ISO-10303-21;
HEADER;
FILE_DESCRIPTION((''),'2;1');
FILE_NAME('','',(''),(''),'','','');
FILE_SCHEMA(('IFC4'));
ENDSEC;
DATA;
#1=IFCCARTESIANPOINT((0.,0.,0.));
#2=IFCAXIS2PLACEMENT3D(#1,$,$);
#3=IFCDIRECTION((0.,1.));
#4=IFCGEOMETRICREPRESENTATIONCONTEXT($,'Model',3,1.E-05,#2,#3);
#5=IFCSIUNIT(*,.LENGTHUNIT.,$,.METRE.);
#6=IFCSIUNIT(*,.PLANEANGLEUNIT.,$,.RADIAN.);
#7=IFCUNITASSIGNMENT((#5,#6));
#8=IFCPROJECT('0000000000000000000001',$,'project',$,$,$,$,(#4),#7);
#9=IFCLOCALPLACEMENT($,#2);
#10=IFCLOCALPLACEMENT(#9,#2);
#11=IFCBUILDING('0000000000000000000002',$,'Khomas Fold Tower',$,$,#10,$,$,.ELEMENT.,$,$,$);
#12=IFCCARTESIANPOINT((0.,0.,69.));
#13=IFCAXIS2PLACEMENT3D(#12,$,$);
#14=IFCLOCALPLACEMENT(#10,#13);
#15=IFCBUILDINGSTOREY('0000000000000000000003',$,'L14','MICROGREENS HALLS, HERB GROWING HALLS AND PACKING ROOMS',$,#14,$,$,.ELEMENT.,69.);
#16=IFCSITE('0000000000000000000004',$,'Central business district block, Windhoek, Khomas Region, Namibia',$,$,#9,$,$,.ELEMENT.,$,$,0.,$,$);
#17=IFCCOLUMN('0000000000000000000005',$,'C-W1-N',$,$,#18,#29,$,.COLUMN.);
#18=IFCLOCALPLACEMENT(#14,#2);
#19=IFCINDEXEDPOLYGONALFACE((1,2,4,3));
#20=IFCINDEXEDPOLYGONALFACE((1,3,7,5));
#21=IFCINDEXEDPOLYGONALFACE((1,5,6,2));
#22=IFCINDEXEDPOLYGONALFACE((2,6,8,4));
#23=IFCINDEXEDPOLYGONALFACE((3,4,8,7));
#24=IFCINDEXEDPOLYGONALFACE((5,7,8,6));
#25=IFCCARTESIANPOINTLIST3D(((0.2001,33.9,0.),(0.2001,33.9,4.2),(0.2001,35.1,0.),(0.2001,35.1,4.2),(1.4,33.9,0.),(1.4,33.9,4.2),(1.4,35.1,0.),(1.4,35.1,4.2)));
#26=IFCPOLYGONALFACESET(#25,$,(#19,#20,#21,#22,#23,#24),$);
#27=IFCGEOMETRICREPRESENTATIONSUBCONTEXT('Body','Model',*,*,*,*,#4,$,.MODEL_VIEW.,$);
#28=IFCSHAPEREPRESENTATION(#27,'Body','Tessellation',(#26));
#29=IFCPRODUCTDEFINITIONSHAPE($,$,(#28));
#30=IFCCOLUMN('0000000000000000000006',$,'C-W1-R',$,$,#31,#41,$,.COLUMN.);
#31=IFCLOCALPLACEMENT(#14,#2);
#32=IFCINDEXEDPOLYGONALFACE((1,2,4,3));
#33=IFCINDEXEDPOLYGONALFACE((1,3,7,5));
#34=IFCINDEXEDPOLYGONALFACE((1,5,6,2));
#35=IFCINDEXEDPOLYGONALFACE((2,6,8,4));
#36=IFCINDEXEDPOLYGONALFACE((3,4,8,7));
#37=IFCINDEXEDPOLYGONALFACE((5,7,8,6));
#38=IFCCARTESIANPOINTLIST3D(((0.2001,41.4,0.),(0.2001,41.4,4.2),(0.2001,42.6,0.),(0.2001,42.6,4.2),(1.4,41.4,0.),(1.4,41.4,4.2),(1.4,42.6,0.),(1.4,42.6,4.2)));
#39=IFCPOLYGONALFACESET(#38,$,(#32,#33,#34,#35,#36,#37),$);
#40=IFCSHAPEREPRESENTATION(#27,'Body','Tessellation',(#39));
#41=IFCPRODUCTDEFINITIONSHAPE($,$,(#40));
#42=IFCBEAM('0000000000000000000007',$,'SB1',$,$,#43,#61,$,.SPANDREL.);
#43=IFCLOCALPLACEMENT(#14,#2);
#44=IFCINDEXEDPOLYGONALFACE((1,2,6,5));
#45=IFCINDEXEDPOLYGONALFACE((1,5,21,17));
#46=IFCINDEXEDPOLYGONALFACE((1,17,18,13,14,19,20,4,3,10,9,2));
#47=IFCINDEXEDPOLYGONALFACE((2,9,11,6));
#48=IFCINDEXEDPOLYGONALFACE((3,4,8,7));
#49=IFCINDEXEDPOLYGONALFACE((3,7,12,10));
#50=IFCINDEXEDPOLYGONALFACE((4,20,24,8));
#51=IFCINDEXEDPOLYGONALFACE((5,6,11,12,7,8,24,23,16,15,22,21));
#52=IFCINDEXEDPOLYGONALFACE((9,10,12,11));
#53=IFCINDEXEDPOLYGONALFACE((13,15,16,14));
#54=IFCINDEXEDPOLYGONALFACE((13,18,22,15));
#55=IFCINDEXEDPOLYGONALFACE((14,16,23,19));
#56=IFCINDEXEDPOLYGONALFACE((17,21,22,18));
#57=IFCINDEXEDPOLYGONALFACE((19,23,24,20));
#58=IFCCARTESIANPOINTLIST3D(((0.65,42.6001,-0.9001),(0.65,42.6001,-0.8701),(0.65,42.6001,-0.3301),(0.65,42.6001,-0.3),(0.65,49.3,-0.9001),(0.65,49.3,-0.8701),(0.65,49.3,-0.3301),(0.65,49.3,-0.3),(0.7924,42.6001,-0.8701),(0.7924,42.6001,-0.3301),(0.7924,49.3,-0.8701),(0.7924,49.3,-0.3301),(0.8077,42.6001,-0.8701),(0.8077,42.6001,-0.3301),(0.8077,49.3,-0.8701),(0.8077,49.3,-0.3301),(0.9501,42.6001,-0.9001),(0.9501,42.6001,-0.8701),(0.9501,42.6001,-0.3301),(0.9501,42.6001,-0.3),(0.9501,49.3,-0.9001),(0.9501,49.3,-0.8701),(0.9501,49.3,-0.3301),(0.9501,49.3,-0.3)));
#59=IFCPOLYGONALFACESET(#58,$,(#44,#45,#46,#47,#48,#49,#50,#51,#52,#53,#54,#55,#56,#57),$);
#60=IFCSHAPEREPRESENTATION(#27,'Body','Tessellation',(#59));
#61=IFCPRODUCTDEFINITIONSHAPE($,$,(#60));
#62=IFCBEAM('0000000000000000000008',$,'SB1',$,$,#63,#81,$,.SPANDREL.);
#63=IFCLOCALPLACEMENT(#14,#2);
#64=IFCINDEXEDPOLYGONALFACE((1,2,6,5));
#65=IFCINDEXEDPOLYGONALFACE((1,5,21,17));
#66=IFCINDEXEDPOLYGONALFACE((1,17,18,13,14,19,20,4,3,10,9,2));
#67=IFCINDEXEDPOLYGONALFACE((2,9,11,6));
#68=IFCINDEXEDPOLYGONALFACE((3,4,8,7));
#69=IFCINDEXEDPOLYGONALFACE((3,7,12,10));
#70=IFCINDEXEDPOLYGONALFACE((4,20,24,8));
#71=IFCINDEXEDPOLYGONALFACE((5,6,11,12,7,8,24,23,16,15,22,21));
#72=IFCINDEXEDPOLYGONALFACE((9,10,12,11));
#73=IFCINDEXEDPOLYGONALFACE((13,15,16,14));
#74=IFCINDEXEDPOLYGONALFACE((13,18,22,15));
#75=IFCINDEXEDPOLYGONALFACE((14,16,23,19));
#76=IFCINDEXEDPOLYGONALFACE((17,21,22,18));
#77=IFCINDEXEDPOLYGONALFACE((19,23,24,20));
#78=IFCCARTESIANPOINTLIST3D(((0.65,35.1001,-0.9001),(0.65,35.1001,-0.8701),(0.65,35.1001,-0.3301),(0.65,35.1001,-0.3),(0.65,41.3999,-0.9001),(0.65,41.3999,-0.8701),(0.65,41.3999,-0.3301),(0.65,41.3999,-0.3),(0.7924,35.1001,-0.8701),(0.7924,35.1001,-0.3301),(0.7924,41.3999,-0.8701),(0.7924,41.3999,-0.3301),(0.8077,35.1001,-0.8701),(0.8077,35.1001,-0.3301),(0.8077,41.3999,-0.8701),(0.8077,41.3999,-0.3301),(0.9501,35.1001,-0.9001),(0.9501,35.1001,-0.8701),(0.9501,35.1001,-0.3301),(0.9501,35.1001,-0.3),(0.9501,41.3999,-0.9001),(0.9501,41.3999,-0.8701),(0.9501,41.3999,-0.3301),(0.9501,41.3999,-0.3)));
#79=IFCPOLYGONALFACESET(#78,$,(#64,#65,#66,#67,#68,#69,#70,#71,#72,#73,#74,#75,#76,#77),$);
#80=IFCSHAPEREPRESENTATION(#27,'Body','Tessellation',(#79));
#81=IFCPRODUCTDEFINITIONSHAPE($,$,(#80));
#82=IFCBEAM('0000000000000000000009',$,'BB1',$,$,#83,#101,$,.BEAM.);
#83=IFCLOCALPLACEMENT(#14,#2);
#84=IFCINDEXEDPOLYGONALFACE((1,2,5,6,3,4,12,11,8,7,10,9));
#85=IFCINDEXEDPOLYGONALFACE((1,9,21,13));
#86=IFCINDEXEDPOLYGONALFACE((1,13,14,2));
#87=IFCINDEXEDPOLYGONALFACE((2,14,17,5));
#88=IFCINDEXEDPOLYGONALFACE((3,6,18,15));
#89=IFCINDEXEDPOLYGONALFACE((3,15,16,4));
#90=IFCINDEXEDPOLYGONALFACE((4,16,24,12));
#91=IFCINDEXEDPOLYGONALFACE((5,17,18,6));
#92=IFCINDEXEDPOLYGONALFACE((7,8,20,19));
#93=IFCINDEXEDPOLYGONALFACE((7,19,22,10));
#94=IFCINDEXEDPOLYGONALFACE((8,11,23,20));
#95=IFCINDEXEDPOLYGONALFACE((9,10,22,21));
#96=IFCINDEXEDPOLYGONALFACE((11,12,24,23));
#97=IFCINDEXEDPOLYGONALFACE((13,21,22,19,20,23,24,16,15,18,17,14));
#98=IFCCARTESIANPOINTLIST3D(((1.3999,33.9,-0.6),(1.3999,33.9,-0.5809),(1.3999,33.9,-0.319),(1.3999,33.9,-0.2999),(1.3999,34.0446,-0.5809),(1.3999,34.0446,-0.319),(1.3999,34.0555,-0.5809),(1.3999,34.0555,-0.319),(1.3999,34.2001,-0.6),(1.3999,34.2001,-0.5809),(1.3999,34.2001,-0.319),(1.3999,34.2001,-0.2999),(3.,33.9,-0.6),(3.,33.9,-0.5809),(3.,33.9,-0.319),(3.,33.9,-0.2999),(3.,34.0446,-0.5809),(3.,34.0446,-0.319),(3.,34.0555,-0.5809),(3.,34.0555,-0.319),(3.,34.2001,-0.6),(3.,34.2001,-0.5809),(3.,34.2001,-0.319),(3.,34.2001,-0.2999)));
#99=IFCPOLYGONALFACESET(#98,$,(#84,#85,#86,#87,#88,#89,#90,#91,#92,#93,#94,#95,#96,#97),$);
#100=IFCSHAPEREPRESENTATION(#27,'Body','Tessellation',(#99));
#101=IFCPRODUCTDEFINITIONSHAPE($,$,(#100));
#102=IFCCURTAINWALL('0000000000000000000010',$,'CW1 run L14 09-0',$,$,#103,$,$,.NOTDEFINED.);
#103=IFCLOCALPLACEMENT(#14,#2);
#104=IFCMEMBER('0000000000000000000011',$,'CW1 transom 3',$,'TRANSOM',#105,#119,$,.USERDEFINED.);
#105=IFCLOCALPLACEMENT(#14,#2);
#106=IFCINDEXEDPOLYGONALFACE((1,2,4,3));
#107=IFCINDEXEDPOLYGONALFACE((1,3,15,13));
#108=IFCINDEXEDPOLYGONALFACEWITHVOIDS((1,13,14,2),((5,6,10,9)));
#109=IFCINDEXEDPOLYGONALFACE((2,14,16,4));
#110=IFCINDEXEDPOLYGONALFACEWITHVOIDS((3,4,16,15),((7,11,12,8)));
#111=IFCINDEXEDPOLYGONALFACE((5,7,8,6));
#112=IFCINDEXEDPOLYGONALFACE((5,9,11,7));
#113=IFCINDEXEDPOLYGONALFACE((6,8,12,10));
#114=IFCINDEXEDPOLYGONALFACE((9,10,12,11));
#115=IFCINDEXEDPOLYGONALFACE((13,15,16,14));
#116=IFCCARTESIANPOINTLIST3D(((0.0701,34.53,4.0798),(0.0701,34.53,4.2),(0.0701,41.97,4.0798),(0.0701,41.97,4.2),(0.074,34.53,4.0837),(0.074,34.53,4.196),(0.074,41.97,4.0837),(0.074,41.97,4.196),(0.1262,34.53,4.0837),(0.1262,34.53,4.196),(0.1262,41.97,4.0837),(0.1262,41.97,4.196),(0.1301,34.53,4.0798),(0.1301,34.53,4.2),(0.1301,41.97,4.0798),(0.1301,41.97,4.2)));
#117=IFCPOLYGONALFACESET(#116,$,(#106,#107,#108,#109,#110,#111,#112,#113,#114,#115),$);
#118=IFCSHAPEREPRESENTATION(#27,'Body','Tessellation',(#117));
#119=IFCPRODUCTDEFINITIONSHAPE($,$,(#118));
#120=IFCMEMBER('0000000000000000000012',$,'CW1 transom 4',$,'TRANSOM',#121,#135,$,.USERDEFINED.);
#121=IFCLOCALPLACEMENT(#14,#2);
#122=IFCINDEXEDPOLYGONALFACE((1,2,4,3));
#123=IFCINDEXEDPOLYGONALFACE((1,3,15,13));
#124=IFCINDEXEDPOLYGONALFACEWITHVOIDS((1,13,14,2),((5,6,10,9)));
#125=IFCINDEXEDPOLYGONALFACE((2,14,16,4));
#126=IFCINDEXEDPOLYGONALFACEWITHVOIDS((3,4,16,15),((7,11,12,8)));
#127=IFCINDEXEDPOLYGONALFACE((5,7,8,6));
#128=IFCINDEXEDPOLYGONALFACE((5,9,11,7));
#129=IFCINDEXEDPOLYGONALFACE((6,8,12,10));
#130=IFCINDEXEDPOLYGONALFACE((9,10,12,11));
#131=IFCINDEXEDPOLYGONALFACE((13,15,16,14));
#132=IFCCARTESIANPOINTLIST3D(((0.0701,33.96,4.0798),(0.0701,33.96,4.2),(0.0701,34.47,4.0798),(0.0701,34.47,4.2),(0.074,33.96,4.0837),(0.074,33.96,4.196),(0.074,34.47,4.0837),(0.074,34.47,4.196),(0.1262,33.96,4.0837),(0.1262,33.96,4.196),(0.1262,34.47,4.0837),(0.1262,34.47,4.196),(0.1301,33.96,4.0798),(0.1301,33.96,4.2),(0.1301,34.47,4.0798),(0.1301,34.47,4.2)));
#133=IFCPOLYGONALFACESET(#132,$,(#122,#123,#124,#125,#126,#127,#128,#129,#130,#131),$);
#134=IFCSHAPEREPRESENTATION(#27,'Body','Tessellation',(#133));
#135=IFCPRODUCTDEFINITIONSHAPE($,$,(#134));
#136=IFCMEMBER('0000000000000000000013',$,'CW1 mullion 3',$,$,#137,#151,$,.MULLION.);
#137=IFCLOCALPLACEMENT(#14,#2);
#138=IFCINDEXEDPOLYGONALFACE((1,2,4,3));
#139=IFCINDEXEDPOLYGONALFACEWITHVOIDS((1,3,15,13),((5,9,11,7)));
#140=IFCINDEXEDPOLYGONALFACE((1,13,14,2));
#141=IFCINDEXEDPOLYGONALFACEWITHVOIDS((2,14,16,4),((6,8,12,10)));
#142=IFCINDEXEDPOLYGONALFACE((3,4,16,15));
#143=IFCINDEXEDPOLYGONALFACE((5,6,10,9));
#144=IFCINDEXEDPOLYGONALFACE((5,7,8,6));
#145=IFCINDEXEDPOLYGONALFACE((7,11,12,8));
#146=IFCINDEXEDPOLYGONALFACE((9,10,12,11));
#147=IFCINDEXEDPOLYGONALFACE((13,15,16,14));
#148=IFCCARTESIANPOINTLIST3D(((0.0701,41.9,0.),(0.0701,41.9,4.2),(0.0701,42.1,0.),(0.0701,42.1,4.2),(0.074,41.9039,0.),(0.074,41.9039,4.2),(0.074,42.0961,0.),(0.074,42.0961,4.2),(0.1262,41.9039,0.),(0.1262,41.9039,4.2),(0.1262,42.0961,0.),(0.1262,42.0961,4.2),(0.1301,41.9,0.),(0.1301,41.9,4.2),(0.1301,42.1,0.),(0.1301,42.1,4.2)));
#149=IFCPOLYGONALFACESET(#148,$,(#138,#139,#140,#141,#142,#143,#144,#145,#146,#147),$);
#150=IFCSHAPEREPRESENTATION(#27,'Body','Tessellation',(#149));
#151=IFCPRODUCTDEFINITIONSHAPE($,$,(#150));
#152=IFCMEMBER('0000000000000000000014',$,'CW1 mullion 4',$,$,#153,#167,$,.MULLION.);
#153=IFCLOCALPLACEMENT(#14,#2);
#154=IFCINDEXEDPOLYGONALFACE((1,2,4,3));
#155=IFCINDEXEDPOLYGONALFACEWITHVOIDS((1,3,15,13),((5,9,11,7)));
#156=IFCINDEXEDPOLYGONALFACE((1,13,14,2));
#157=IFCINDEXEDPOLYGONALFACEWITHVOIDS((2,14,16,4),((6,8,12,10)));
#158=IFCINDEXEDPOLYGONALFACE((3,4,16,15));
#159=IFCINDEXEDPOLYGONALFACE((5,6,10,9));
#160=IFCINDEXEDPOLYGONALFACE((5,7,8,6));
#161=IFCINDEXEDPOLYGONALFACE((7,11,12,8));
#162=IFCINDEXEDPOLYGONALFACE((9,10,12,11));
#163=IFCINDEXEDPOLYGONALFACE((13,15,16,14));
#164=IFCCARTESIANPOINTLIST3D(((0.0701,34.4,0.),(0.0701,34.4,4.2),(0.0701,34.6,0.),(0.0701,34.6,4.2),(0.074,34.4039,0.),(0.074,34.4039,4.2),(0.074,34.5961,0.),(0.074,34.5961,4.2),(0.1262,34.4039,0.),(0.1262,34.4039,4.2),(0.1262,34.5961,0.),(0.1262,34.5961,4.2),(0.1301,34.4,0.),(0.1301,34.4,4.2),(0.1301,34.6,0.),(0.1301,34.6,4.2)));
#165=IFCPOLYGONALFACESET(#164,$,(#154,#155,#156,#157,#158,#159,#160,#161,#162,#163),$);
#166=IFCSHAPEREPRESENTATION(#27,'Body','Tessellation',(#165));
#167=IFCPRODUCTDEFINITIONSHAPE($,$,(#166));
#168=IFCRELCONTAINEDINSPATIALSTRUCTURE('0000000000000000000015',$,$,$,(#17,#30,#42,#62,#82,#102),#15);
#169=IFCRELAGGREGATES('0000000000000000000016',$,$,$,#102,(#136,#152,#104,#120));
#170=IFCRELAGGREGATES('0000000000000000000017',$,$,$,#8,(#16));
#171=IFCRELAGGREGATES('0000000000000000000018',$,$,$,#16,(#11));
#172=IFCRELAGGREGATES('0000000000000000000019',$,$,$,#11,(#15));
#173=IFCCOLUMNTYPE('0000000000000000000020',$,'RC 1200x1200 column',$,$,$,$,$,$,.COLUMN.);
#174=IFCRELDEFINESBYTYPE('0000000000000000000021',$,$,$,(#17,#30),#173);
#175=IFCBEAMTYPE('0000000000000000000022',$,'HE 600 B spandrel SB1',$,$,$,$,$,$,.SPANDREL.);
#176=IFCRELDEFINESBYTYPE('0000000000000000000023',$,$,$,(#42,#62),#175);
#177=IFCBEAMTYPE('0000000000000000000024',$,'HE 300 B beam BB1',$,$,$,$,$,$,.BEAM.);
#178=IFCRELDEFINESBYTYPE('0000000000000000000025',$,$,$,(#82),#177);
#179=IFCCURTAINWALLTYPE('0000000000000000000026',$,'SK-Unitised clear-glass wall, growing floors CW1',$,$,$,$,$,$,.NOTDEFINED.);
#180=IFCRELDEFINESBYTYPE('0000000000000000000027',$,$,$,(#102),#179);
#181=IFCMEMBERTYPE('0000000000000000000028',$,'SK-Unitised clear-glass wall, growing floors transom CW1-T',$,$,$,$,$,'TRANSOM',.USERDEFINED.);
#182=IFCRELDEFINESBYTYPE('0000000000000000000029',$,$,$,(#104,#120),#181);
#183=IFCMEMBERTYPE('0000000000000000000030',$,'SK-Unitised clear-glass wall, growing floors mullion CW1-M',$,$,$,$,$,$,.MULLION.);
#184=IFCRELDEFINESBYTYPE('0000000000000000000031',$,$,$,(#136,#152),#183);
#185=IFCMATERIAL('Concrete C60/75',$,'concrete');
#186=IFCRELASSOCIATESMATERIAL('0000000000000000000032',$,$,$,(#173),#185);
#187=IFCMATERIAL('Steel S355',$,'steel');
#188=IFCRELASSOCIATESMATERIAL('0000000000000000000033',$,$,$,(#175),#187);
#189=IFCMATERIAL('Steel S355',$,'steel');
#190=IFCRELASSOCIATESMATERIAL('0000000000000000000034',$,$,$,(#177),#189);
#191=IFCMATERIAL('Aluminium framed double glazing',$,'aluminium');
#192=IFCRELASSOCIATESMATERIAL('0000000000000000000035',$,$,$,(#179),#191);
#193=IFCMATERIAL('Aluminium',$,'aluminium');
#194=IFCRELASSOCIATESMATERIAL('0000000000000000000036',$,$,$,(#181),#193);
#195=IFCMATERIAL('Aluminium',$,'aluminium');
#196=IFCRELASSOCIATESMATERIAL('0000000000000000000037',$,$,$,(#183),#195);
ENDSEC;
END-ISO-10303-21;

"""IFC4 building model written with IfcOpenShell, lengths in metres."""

from ifc_helpers import new_model, si_unit, direction, frame, origin, origin_2d, place, context, subcontext, project, spatial, rectangle, hollow_rectangle, i_section, extrude, source, transform, mapped, material, material_profile, profile_set, type_object, element, aggregate, save


model = new_model("IFC4")

# Units and contexts
model_context = context("Model", 3, precision=1e-05, world=origin(), true_north=direction((0.0, 1.0)))
body_context = subcontext(model_context, "Body", "Model", "MODEL_VIEW")
ifc_project = project(units=[si_unit("LENGTHUNIT", "METRE"), si_unit("PLANEANGLEUNIT", "RADIAN")], contexts=[model_context])

# Site, building, storey
site_placement = place(None, origin())
site = spatial("IfcSite", under=ifc_project, at=site_placement, Name="Central business district block, Windhoek, Khomas Region, Namibia", CompositionType="ELEMENT", RefElevation=0.0)
building_placement = place(site_placement, origin())
building = spatial("IfcBuilding", under=site, at=building_placement, Name="Khomas Fold Tower", CompositionType="ELEMENT")
storey_placement = place(building_placement, frame((0.0, 0.0, 69.0)))
storey = spatial("IfcBuildingStorey", under=building, at=storey_placement, Name="L14", Description="MICROGREENS HALLS, HERB GROWING HALLS AND PACKING ROOMS", CompositionType="ELEMENT", Elevation=69.0)

# Columns
ifc_material_1 = material(Name="Concrete C60/75", Category="concrete")
ifc_material_profile_1 = material_profile(ifc_material_1, rectangle(XDim=1.2, YDim=1.2, at=origin_2d()), Name="RC 1200x1200")
ifc_profile_set_1 = profile_set([ifc_material_profile_1], Name="Concrete C60/75")
column_type = type_object("IfcColumnType", Name="RC 1200x1200 column", PredefinedType="COLUMN", material=ifc_profile_set_1)
shared_shape_1 = source(origin(), body_context, "Body", "SweptSolid", [
    extrude(rectangle(XDim=1.2, YDim=1.2, at=origin_2d()), origin(), (0.0, 0.0, 1.0), 4.2),
])
for number, where, z_axis, x_axis, name in (
    (1, (0.8, 34.5, 0.0), (0.0, 0.0, 1.0), (1.0, 0.0, 0.0), "C-W1-N"),
    (2, (0.8, 42.0, 0.0), (0.0, 0.0, 1.0), (1.0, 0.0, 0.0), "C-W1-R"),
):
    element("IfcColumn", number, at=place(storey_placement, frame(where, z_axis=z_axis, x_axis=x_axis)), inside=storey, type_object=column_type, Name=name, PredefinedType="COLUMN", context=body_context, shape_type="MappedRepresentation", body=[
        mapped(shared_shape_1, transform((0.0, 0.0, 0.0))),
    ])

# Beams
ifc_material_2 = material(Name="Steel S355", Category="steel")
ifc_material_profile_2 = material_profile(ifc_material_2, i_section(OverallWidth=0.3, OverallDepth=0.6001, WebThickness=0.0154, FlangeThickness=0.03, at=origin_2d()), Name="HE 600 B")
ifc_profile_set_2 = profile_set([ifc_material_profile_2], Name="Steel S355")
beam_type_1 = type_object("IfcBeamType", Name="HE 600 B spandrel SB1", PredefinedType="SPANDREL", material=ifc_profile_set_2)
shared_shape_2 = source(origin(), body_context, "Body", "SweptSolid", [
    extrude(i_section(OverallWidth=0.3, OverallDepth=0.6001, WebThickness=0.0154, FlangeThickness=0.03, at=origin_2d()), origin(), (0.0, 0.0, 1.0), 6.7),
])
beam_1_placement = place(storey_placement, frame((0.8, 42.6001, -0.6001), z_axis=(0.0, 1.0, 0.0), x_axis=(-1.0, 0.0, 0.0)))
element("IfcBeam", 3, at=beam_1_placement, inside=storey, type_object=beam_type_1, Name="SB1", PredefinedType="SPANDREL", context=body_context, shape_type="MappedRepresentation", body=[
    mapped(shared_shape_2, transform((0.0, 0.0, 0.0))),
])
shared_shape_3 = source(origin(), body_context, "Body", "SweptSolid", [
    extrude(i_section(OverallWidth=0.3, OverallDepth=0.6001, WebThickness=0.0154, FlangeThickness=0.03, at=origin_2d()), origin(), (0.0, 0.0, 1.0), 6.2998),
])
beam_2_placement = place(storey_placement, frame((0.8, 35.1001, -0.6001), z_axis=(0.0, 1.0, 0.0), x_axis=(-1.0, 0.0, 0.0)))
element("IfcBeam", 4, at=beam_2_placement, inside=storey, type_object=beam_type_1, Name="SB1", PredefinedType="SPANDREL", context=body_context, shape_type="MappedRepresentation", body=[
    mapped(shared_shape_3, transform((0.0, 0.0, 0.0))),
])
ifc_material_3 = material(Name="Steel S355", Category="steel")
ifc_material_profile_3 = material_profile(ifc_material_3, i_section(OverallWidth=0.3, OverallDepth=0.3, WebThickness=0.011, FlangeThickness=0.019, at=origin_2d()), Name="HE 300 B")
ifc_profile_set_3 = profile_set([ifc_material_profile_3], Name="Steel S355")
beam_type_2 = type_object("IfcBeamType", Name="HE 300 B beam BB1", PredefinedType="BEAM", material=ifc_profile_set_3)
shared_shape_4 = source(origin(), body_context, "Body", "SweptSolid", [
    extrude(i_section(OverallWidth=0.3, OverallDepth=0.3, WebThickness=0.011, FlangeThickness=0.019, at=origin_2d()), origin(), (0.0, 0.0, 1.0), 1.6001),
])
beam_3_placement = place(storey_placement, frame((1.3999, 34.05, -0.45), z_axis=(1.0, 0.0, 0.0), x_axis=(0.0, 1.0, 0.0)))
element("IfcBeam", 5, at=beam_3_placement, inside=storey, type_object=beam_type_2, Name="BB1", PredefinedType="BEAM", context=body_context, shape_type="MappedRepresentation", body=[
    mapped(shared_shape_4, transform((0.0, 0.0, 0.0))),
])

# Curtain wall, members
ifc_material_4 = material(Name="Aluminium framed double glazing", Category="aluminium")
curtain_wall_type = type_object("IfcCurtainWallType", Name="SK-Unitised clear-glass wall, growing floors CW1", PredefinedType="NOTDEFINED", material=ifc_material_4)
curtain_wall_placement = place(storey_placement, origin())
curtain_wall = element("IfcCurtainWall", 6, at=curtain_wall_placement, inside=storey, type_object=curtain_wall_type, Name="CW1 run L14 09-0", PredefinedType="NOTDEFINED")
ifc_material_5 = material(Name="Aluminium", Category="aluminium")
ifc_material_profile_4 = material_profile(ifc_material_5, hollow_rectangle(XDim=0.0601, YDim=0.1201, WallThickness=0.0039, at=origin_2d()), Name="SK-Unitised clear-glass wall, growing floors transom CW1-T")
ifc_profile_set_4 = profile_set([ifc_material_profile_4], Name="Aluminium")
member_type_1 = type_object("IfcMemberType", Name="SK-Unitised clear-glass wall, growing floors transom CW1-T", ElementType="TRANSOM", PredefinedType="USERDEFINED", material=ifc_profile_set_4)
shared_shape_5 = source(origin(), body_context, "Body", "SweptSolid", [
    extrude(hollow_rectangle(XDim=0.0601, YDim=0.1201, WallThickness=0.0039, at=origin_2d()), origin(), (0.0, 0.0, 1.0), 7.4399),
])
member_1_placement = place(storey_placement, frame((0.1001, 41.97, 4.1399), z_axis=(0.0, -1.0, 0.0), x_axis=(1.0, 0.0, 0.0)))
member_1 = element("IfcMember", 7, at=member_1_placement, type_object=member_type_1, Name="CW1 transom 3", ObjectType="TRANSOM", PredefinedType="USERDEFINED", context=body_context, shape_type="MappedRepresentation", body=[
    mapped(shared_shape_5, transform((0.0, 0.0, 0.0))),
])
shared_shape_6 = source(origin(), body_context, "Body", "SweptSolid", [
    extrude(hollow_rectangle(XDim=0.0601, YDim=0.1201, WallThickness=0.0039, at=origin_2d()), origin(), (0.0, 0.0, 1.0), 0.51),
])
member_2_placement = place(storey_placement, frame((0.1001, 34.47, 4.1399), z_axis=(0.0, -1.0, 0.0), x_axis=(1.0, 0.0, 0.0)))
member_2 = element("IfcMember", 8, at=member_2_placement, type_object=member_type_1, Name="CW1 transom 4", ObjectType="TRANSOM", PredefinedType="USERDEFINED", context=body_context, shape_type="MappedRepresentation", body=[
    mapped(shared_shape_6, transform((0.0, 0.0, 0.0))),
])
ifc_material_6 = material(Name="Aluminium", Category="aluminium")
ifc_material_profile_5 = material_profile(ifc_material_6, hollow_rectangle(XDim=0.0601, YDim=0.2, WallThickness=0.0039, at=origin_2d()), Name="SK-Unitised clear-glass wall, growing floors mullion CW1-M")
ifc_profile_set_5 = profile_set([ifc_material_profile_5], Name="Aluminium")
member_type_2 = type_object("IfcMemberType", Name="SK-Unitised clear-glass wall, growing floors mullion CW1-M", PredefinedType="MULLION", material=ifc_profile_set_5)
shared_shape_7 = source(origin(), body_context, "Body", "SweptSolid", [
    extrude(hollow_rectangle(XDim=0.0601, YDim=0.2, WallThickness=0.0039, at=origin_2d()), origin(), (0.0, 0.0, 1.0), 4.2),
])
member_3_placement = place(storey_placement, frame((0.1001, 42.0, 0.0), z_axis=(0.0, 0.0, 1.0), x_axis=(1.0, 0.0, 0.0)))
member_3 = element("IfcMember", 9, at=member_3_placement, type_object=member_type_2, Name="CW1 mullion 3", PredefinedType="MULLION", context=body_context, shape_type="MappedRepresentation", body=[
    mapped(shared_shape_7, transform((0.0, 0.0, 0.0))),
])
member_4_placement = place(storey_placement, frame((0.1001, 34.5, 0.0), z_axis=(0.0, 0.0, 1.0), x_axis=(1.0, 0.0, 0.0)))
member_4 = element("IfcMember", 10, at=member_4_placement, type_object=member_type_2, Name="CW1 mullion 4", PredefinedType="MULLION", context=body_context, shape_type="MappedRepresentation", body=[
    mapped(shared_shape_7, transform((0.0, 0.0, 0.0))),
])
aggregate(curtain_wall, [member_3, member_4, member_1, member_2])

save(model, "model.ifc")
